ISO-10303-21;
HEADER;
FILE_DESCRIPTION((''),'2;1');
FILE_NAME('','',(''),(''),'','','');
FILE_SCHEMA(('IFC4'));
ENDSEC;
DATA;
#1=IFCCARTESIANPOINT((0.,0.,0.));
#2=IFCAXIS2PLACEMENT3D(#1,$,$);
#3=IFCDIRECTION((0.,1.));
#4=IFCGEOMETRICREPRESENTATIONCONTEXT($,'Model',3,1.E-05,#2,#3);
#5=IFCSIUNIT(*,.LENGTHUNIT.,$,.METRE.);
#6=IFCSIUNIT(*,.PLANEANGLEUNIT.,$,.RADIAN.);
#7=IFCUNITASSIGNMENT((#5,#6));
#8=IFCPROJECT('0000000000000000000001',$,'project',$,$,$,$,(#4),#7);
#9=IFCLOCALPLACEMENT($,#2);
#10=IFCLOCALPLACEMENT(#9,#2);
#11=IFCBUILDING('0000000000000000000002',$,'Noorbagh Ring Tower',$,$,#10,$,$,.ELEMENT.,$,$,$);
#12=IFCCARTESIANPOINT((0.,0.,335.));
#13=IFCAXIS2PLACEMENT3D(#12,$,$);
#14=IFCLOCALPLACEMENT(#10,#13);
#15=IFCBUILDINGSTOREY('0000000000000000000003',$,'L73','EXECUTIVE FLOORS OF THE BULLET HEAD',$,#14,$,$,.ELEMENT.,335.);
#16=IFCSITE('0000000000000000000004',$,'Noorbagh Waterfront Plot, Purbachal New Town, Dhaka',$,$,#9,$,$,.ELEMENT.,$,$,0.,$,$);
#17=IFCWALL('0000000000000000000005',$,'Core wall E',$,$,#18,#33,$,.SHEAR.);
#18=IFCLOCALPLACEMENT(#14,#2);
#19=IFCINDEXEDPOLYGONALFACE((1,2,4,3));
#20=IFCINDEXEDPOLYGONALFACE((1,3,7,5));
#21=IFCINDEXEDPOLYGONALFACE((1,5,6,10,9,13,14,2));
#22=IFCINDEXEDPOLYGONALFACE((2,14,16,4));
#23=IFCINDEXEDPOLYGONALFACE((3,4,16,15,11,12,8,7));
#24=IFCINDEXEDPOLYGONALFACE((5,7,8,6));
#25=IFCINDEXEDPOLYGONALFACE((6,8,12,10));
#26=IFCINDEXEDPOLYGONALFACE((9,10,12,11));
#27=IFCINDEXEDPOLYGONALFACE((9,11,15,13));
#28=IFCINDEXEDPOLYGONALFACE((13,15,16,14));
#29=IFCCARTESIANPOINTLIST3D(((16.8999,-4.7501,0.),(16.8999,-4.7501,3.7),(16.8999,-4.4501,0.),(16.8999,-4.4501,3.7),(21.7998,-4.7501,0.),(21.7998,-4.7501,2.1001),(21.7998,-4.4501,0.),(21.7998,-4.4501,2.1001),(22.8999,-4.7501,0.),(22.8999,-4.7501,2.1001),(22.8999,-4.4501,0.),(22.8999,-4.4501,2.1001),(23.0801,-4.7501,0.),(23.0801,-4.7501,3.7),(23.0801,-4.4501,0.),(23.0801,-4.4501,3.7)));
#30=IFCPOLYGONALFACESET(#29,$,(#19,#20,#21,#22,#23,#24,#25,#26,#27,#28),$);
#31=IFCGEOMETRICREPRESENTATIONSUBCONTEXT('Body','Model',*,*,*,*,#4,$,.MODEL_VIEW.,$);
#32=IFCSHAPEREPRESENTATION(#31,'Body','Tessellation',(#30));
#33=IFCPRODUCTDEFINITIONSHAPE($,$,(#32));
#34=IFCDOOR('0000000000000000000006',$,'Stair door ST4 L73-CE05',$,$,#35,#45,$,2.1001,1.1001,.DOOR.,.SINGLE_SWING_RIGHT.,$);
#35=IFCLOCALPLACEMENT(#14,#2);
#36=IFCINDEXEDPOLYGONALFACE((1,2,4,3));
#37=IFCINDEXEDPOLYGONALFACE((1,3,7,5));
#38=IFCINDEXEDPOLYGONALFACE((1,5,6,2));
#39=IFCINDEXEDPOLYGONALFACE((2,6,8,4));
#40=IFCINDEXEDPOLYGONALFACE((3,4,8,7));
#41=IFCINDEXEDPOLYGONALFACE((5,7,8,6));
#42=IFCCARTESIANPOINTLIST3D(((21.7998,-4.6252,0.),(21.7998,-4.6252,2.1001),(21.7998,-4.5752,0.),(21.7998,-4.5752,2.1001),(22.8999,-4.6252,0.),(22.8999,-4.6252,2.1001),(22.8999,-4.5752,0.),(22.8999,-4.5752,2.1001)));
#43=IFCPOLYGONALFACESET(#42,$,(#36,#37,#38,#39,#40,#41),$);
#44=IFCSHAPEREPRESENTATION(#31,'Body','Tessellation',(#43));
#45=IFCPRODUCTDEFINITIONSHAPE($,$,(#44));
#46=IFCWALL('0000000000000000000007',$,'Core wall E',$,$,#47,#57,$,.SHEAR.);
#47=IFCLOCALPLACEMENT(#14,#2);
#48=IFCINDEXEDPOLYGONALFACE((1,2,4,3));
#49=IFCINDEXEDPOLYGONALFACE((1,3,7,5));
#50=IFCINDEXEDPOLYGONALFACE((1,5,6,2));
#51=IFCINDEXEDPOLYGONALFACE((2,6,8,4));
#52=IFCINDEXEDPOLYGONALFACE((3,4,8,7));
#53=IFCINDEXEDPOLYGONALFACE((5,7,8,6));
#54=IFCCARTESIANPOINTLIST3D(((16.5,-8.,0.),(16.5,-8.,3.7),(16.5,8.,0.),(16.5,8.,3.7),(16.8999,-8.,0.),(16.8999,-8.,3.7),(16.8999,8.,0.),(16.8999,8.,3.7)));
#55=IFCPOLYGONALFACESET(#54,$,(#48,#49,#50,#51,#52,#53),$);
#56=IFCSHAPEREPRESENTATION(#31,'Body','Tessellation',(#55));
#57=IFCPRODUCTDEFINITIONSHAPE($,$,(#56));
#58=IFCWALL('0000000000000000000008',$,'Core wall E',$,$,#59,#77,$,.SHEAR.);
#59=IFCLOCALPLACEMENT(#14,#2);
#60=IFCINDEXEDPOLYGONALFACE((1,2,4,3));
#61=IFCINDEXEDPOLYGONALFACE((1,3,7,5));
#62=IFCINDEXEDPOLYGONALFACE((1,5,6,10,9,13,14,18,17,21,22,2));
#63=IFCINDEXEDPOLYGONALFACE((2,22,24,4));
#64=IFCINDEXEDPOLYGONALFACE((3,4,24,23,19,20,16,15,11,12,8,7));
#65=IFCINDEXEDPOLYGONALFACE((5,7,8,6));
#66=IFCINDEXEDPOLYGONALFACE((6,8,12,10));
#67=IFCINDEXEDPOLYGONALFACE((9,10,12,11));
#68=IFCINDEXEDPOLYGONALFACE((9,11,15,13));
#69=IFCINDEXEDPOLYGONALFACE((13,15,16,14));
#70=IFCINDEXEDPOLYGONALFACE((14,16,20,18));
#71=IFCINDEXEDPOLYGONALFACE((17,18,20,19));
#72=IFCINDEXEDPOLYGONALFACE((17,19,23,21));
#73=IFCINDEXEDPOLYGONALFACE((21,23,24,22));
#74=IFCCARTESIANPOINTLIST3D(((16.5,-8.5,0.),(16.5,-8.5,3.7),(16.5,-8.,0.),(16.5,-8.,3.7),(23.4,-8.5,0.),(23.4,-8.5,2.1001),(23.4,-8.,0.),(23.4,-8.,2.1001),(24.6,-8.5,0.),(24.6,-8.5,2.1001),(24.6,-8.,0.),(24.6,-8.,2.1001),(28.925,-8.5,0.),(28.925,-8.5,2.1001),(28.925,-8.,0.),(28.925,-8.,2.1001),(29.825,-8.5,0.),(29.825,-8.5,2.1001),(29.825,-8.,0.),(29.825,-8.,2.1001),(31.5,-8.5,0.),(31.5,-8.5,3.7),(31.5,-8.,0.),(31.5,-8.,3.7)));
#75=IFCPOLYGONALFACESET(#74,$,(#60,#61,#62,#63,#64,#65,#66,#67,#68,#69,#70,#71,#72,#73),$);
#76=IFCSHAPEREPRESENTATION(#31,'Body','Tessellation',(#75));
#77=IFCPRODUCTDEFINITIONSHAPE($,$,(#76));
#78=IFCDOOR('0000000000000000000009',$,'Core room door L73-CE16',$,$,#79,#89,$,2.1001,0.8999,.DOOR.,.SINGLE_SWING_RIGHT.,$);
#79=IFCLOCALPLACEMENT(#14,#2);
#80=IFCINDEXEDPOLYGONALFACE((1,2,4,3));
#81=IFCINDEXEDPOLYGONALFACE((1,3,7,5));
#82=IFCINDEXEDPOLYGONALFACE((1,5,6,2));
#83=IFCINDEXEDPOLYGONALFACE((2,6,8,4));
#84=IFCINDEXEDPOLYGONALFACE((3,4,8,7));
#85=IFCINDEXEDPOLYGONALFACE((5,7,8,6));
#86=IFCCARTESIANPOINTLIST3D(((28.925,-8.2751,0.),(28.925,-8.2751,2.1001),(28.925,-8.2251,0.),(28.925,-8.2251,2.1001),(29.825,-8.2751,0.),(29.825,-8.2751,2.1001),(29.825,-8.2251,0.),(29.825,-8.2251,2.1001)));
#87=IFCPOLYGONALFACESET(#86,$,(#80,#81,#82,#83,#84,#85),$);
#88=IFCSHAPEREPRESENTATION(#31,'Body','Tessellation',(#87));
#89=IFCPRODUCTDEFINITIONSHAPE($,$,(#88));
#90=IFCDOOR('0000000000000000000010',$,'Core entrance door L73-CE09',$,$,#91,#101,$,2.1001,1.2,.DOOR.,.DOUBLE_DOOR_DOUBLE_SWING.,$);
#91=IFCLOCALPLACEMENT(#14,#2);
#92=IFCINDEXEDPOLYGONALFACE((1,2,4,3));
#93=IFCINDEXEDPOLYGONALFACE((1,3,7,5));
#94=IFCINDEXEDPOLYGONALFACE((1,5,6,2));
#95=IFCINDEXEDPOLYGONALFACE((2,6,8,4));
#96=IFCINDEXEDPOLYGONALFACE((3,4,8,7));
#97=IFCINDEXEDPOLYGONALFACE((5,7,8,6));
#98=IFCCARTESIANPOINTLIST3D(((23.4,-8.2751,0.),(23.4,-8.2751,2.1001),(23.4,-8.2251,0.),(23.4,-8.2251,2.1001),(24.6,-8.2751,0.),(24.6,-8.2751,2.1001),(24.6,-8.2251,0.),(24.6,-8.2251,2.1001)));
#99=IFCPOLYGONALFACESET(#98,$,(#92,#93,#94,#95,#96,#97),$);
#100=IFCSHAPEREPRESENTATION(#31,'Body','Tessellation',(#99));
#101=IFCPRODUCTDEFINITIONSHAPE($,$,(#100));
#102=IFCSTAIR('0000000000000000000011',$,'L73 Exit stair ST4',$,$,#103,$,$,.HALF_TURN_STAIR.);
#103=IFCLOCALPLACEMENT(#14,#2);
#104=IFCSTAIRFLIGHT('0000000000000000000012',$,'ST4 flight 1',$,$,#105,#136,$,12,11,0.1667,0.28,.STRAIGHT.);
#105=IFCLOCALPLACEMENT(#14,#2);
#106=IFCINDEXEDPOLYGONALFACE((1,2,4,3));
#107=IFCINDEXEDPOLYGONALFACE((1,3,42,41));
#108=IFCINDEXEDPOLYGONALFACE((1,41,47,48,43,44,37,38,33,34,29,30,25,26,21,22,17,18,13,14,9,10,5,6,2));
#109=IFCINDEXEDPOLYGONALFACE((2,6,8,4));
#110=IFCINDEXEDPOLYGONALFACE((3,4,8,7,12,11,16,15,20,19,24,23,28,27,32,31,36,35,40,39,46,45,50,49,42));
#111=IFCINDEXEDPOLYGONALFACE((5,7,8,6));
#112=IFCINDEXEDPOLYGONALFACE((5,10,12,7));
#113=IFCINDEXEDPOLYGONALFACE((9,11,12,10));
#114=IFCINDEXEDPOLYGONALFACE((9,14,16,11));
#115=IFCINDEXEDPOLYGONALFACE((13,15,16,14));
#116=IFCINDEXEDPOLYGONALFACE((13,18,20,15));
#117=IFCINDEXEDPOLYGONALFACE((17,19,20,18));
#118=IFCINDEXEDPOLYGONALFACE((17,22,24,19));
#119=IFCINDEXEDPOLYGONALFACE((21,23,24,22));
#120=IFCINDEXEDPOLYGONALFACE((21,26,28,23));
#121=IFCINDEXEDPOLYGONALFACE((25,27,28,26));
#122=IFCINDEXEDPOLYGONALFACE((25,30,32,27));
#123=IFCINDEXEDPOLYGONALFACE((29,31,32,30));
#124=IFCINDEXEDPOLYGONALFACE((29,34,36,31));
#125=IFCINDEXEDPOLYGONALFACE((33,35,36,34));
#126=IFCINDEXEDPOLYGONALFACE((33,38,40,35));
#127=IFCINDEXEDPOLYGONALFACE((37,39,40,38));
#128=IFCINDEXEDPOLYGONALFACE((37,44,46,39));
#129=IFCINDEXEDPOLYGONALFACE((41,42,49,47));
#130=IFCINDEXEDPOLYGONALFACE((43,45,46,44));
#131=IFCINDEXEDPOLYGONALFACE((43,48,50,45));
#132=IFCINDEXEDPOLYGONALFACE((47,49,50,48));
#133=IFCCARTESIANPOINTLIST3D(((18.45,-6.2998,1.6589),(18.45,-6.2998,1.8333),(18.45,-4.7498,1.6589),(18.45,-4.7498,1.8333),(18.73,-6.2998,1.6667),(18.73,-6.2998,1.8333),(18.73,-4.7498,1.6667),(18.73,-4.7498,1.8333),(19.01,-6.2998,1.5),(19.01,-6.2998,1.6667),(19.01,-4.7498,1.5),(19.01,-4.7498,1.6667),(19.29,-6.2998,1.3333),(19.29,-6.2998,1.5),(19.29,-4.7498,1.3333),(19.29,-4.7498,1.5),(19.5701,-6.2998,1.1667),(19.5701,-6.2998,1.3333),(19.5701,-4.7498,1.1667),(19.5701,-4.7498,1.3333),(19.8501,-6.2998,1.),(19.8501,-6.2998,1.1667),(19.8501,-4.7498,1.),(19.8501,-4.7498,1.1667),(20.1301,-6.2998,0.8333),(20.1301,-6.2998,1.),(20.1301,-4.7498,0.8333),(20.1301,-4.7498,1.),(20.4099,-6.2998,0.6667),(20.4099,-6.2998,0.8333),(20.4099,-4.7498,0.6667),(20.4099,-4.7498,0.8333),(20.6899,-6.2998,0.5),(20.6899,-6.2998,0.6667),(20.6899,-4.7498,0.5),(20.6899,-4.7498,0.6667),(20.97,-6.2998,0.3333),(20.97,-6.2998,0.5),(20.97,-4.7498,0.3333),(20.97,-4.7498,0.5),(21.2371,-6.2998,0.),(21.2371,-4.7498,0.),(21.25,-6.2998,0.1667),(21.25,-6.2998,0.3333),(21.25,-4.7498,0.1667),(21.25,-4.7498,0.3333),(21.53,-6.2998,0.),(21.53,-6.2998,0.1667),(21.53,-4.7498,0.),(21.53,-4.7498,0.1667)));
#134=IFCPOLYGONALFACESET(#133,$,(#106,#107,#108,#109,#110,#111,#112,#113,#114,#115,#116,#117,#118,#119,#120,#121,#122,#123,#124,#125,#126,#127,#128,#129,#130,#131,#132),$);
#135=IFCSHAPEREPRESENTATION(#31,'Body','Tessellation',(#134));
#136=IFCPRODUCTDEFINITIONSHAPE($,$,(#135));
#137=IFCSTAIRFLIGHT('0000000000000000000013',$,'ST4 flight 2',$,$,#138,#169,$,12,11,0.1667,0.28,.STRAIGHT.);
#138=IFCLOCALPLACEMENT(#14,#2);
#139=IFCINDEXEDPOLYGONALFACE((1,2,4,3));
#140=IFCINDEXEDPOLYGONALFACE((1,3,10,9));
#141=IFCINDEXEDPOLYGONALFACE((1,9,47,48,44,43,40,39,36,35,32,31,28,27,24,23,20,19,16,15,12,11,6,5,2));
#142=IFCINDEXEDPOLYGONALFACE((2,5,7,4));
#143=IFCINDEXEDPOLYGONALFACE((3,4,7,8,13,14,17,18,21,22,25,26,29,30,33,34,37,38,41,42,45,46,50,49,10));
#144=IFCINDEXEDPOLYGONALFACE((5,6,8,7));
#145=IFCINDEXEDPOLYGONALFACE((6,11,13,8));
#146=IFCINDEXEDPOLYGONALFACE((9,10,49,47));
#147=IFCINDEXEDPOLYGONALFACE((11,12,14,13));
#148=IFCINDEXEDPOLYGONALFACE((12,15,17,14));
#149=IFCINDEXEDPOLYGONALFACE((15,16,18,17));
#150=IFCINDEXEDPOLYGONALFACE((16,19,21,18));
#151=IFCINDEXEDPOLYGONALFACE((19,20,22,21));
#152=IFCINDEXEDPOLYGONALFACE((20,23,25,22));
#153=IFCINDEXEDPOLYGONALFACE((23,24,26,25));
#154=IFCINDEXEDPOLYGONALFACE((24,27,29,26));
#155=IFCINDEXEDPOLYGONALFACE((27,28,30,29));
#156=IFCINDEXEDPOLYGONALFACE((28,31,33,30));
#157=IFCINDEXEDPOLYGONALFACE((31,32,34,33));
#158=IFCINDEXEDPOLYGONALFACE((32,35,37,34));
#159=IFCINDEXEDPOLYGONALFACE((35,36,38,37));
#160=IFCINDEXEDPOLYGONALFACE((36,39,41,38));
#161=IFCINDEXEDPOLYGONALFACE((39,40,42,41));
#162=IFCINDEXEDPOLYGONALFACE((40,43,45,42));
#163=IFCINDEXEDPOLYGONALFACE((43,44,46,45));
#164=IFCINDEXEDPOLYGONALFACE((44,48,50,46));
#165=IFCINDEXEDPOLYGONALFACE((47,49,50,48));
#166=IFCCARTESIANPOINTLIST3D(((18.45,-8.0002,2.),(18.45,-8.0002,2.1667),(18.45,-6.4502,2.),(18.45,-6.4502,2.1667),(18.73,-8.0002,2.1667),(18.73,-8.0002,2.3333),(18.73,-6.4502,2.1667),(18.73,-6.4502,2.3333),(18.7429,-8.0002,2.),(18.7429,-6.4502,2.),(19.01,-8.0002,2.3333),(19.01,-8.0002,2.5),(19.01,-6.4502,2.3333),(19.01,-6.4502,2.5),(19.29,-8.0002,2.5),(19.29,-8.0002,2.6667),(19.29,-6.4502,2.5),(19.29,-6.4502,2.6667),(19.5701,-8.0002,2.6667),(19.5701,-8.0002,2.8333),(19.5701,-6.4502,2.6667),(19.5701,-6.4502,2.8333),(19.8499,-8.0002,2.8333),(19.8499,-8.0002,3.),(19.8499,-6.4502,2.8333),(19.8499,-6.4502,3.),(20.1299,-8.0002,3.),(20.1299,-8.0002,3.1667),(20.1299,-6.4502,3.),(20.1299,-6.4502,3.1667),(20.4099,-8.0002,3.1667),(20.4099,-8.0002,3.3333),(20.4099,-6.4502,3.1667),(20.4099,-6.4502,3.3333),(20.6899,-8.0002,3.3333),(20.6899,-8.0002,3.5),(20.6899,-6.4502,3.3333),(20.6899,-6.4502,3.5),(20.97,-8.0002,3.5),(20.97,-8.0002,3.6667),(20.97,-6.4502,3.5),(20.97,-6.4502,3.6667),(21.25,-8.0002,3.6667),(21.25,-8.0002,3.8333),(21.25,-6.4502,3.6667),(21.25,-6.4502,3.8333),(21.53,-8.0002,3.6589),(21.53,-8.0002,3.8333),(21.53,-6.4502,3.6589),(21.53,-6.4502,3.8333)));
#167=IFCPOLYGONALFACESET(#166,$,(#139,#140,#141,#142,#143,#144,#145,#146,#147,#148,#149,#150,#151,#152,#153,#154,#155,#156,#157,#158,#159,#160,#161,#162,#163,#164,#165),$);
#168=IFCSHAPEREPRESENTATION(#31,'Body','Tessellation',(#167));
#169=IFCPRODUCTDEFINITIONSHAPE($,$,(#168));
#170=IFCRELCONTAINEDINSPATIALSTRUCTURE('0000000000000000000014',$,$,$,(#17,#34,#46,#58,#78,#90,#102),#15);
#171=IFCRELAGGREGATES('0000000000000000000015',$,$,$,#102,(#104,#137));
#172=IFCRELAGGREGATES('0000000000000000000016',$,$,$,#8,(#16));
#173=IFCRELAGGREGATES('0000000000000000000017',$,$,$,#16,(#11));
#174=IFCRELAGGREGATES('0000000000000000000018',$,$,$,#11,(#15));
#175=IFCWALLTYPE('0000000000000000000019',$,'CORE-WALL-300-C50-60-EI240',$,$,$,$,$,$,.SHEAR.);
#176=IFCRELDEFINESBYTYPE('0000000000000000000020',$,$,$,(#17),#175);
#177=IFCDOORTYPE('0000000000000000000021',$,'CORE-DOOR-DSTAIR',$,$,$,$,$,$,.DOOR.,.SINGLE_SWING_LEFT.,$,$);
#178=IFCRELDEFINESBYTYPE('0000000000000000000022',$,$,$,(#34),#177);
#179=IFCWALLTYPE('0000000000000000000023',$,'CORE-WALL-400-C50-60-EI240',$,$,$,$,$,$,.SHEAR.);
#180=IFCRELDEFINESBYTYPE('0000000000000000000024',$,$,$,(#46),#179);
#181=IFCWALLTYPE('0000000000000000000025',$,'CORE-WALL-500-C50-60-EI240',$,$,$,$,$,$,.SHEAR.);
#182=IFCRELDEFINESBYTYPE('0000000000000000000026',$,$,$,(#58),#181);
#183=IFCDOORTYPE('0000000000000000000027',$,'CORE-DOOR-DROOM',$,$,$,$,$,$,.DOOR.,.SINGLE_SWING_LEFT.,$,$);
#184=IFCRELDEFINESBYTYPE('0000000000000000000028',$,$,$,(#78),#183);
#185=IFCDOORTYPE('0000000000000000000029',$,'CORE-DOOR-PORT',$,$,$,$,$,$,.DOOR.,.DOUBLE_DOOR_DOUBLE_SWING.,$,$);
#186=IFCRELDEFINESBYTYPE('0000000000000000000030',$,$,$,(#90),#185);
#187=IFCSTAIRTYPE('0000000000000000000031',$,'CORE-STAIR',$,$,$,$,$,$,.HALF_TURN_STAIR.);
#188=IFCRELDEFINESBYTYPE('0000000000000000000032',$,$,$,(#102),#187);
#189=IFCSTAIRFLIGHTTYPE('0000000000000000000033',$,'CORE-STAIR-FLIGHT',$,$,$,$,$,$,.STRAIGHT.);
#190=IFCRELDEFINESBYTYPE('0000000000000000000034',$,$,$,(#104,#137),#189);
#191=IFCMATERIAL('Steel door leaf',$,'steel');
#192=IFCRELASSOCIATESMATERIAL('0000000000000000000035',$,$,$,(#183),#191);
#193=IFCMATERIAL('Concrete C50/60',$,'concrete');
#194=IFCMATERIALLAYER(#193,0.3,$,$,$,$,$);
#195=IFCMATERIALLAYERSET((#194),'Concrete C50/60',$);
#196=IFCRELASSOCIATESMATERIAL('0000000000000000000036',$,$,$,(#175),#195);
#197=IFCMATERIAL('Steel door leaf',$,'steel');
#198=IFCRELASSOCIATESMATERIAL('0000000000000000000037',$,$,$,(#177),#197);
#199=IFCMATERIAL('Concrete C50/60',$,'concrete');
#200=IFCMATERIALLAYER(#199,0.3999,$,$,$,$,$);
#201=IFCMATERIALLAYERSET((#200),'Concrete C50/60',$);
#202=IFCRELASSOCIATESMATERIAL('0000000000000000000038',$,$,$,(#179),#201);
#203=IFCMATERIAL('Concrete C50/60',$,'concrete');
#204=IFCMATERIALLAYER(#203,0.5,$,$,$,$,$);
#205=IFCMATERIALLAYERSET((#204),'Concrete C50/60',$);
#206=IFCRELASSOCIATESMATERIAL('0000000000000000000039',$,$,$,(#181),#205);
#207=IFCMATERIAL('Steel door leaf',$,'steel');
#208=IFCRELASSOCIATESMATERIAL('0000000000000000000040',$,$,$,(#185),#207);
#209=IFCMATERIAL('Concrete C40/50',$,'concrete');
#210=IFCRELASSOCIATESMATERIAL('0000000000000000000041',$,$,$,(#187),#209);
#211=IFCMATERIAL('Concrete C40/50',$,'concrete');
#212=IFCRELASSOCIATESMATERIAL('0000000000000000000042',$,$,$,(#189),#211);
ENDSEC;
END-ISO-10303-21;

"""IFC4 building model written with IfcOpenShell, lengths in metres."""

from ifc_helpers import new_model, si_unit, direction, frame, frame_2d, origin, place, context, subcontext, project, spatial, polyline, rectangle, outline, extrude, material, layer, layer_set, type_object, element, fill, aggregate, save


model = new_model("IFC4")

# Units and contexts
model_context = context("Model", 3, precision=1e-05, world=origin(), true_north=direction((0.0, 1.0)))
body_context = subcontext(model_context, "Body", "Model", "MODEL_VIEW")
ifc_project = project(units=[si_unit("LENGTHUNIT", "METRE"), si_unit("PLANEANGLEUNIT", "RADIAN")], contexts=[model_context])

# Site, building, storey
site_placement = place(None, origin())
site = spatial("IfcSite", under=ifc_project, at=site_placement, Name="Noorbagh Waterfront Plot, Purbachal New Town, Dhaka", CompositionType="ELEMENT", RefElevation=0.0)
building_placement = place(site_placement, origin())
building = spatial("IfcBuilding", under=site, at=building_placement, Name="Noorbagh Ring Tower", CompositionType="ELEMENT")
storey_placement = place(building_placement, frame((0.0, 0.0, 335.0)))
storey = spatial("IfcBuildingStorey", under=building, at=storey_placement, Name="L73", Description="EXECUTIVE FLOORS OF THE BULLET HEAD", CompositionType="ELEMENT", Elevation=335.0)

# Shared definitions
ifc_material_1 = material(Name="Steel door leaf", Category="steel")
door_type_1 = type_object("IfcDoorType", Name="CORE-DOOR-DROOM", OperationType="SINGLE_SWING_LEFT", PredefinedType="DOOR", material=ifc_material_1)

# Wall, opening, door
ifc_material_2 = material(Name="Concrete C50/60", Category="concrete")
ifc_layer_1 = layer(ifc_material_2, 0.3)
ifc_layer_set_1 = layer_set([ifc_layer_1], Name="Concrete C50/60")
wall_type_1 = type_object("IfcWallType", Name="CORE-WALL-300-C50-60-EI240", PredefinedType="SHEAR", material=ifc_layer_set_1)
wall_1_placement = place(storey_placement, frame((16.8999, -4.6001, 0.0), z_axis=(0.0, 0.0, 1.0), x_axis=(1.0, 0.0, 0.0)))
wall_1 = element("IfcWall", 1, at=wall_1_placement, inside=storey, type_object=wall_type_1, Name="Core wall E", PredefinedType="SHEAR", context=body_context, shape_type="SweptSolid", body=[
    extrude(rectangle(XDim=6.1802, YDim=0.3, at=frame_2d((3.0901, 0.0))), origin(), (0.0, 0.0, 1.0), 3.7),
])
opening_1_placement = place(wall_1_placement, frame((4.8999, 0.0, 0.0)))
opening_1 = element("IfcOpeningElement", 2, at=opening_1_placement, cuts=wall_1, PredefinedType="OPENING", context=body_context, shape_type="SweptSolid", body=[
    extrude(rectangle(XDim=1.1001, YDim=2.1001, at=frame_2d((0.55, 1.05))), frame((0.0, 0.1602, 0.0), z_axis=(0.0, -1.0, 0.0), x_axis=(1.0, 0.0, 0.0)), (0.0, 0.0, 1.0), 0.3201),
])
ifc_material_3 = material(Name="Steel door leaf", Category="steel")
door_type_2 = type_object("IfcDoorType", Name="CORE-DOOR-DSTAIR", OperationType="SINGLE_SWING_LEFT", PredefinedType="DOOR", material=ifc_material_3)
door_1_placement = place(opening_1_placement, origin())
door_1 = element("IfcDoor", 3, at=door_1_placement, inside=storey, type_object=door_type_2, Name="Stair door ST4 L73-CE05", OperationType="SINGLE_SWING_RIGHT", OverallHeight=2.1001, OverallWidth=1.1001, PredefinedType="DOOR", context=body_context, shape_type="SweptSolid", body=[
    extrude(rectangle(XDim=1.1001, YDim=2.1001, at=frame_2d((0.55, 1.05))), frame((0.0, 0.0249, 0.0), z_axis=(0.0, -1.0, 0.0), x_axis=(1.0, 0.0, 0.0)), (0.0, 0.0, 1.0), 0.05),
])
fill(opening_1, door_1)

# Wall
ifc_material_4 = material(Name="Concrete C50/60", Category="concrete")
ifc_layer_2 = layer(ifc_material_4, 0.3999)
ifc_layer_set_2 = layer_set([ifc_layer_2], Name="Concrete C50/60")
wall_type_2 = type_object("IfcWallType", Name="CORE-WALL-400-C50-60-EI240", PredefinedType="SHEAR", material=ifc_layer_set_2)
wall_2_placement = place(storey_placement, frame((16.7, -8.0, 0.0), z_axis=(0.0, 0.0, 1.0), x_axis=(0.0, 1.0, 0.0)))
element("IfcWall", 4, at=wall_2_placement, inside=storey, type_object=wall_type_2, Name="Core wall E", PredefinedType="SHEAR", context=body_context, shape_type="SweptSolid", body=[
    extrude(rectangle(XDim=16.0, YDim=0.3999, at=frame_2d((8.0, 0.0))), origin(), (0.0, 0.0, 1.0), 3.7),
])

# Wall, openings, doors
ifc_material_5 = material(Name="Concrete C50/60", Category="concrete")
ifc_layer_3 = layer(ifc_material_5, 0.5)
ifc_layer_set_3 = layer_set([ifc_layer_3], Name="Concrete C50/60")
wall_type_3 = type_object("IfcWallType", Name="CORE-WALL-500-C50-60-EI240", PredefinedType="SHEAR", material=ifc_layer_set_3)
wall_3_placement = place(storey_placement, frame((16.5, -8.25, 0.0), z_axis=(0.0, 0.0, 1.0), x_axis=(1.0, 0.0, 0.0)))
wall_3 = element("IfcWall", 5, at=wall_3_placement, inside=storey, type_object=wall_type_3, Name="Core wall E", PredefinedType="SHEAR", context=body_context, shape_type="SweptSolid", body=[
    extrude(rectangle(XDim=15.0, YDim=0.5, at=frame_2d((7.5, 0.0))), origin(), (0.0, 0.0, 1.0), 3.7),
])
opening_2_placement = place(wall_3_placement, frame((6.8999, 0.0, 0.0)))
opening_2 = element("IfcOpeningElement", 6, at=opening_2_placement, cuts=wall_3, PredefinedType="OPENING", context=body_context, shape_type="SweptSolid", body=[
    extrude(rectangle(XDim=1.2, YDim=2.1001, at=frame_2d((0.6001, 1.05))), frame((0.0, 0.26, 0.0), z_axis=(0.0, -1.0, 0.0), x_axis=(1.0, 0.0, 0.0)), (0.0, 0.0, 1.0), 0.52),
])
opening_3_placement = place(wall_3_placement, frame((12.425, 0.0, 0.0)))
opening_3 = element("IfcOpeningElement", 7, at=opening_3_placement, cuts=wall_3, PredefinedType="OPENING", context=body_context, shape_type="SweptSolid", body=[
    extrude(rectangle(XDim=0.8999, YDim=2.1001, at=frame_2d((0.45, 1.05))), frame((0.0, 0.26, 0.0), z_axis=(0.0, -1.0, 0.0), x_axis=(1.0, 0.0, 0.0)), (0.0, 0.0, 1.0), 0.52),
])
door_2_placement = place(opening_3_placement, origin())
door_2 = element("IfcDoor", 8, at=door_2_placement, inside=storey, type_object=door_type_1, Name="Core room door L73-CE16", OperationType="SINGLE_SWING_RIGHT", OverallHeight=2.1001, OverallWidth=0.8999, PredefinedType="DOOR", context=body_context, shape_type="SweptSolid", body=[
    extrude(rectangle(XDim=0.8999, YDim=2.1001, at=frame_2d((0.45, 1.05))), frame((0.0, 0.0249, 0.0), z_axis=(0.0, -1.0, 0.0), x_axis=(1.0, 0.0, 0.0)), (0.0, 0.0, 1.0), 0.05),
])
fill(opening_3, door_2)
ifc_material_6 = material(Name="Steel door leaf", Category="steel")
door_type_3 = type_object("IfcDoorType", Name="CORE-DOOR-PORT", OperationType="DOUBLE_DOOR_DOUBLE_SWING", PredefinedType="DOOR", material=ifc_material_6)
door_3_placement = place(opening_2_placement, origin())
door_3 = element("IfcDoor", 9, at=door_3_placement, inside=storey, type_object=door_type_3, Name="Core entrance door L73-CE09", OperationType="DOUBLE_DOOR_DOUBLE_SWING", OverallHeight=2.1001, OverallWidth=1.2, PredefinedType="DOOR", context=body_context, shape_type="SweptSolid", body=[
    extrude(rectangle(XDim=1.2, YDim=2.1001, at=frame_2d((0.6001, 1.05))), frame((0.0, 0.0249, 0.0), z_axis=(0.0, -1.0, 0.0), x_axis=(1.0, 0.0, 0.0)), (0.0, 0.0, 1.0), 0.05),
])
fill(opening_2, door_3)

# Stair, stair flights
ifc_material_7 = material(Name="Concrete C40/50", Category="concrete")
stair_type = type_object("IfcStairType", Name="CORE-STAIR", PredefinedType="HALF_TURN_STAIR", material=ifc_material_7)
stair_placement = place(storey_placement, origin())
stair = element("IfcStair", 10, at=stair_placement, inside=storey, type_object=stair_type, Name="L73 Exit stair ST4", PredefinedType="HALF_TURN_STAIR")
ifc_material_8 = material(Name="Concrete C40/50", Category="concrete")
stair_flight_type = type_object("IfcStairFlightType", Name="CORE-STAIR-FLIGHT", PredefinedType="STRAIGHT", material=ifc_material_8)
stair_flight_1_placement = place(storey_placement, frame((21.53, -5.5249, 0.0), z_axis=(0.0, 0.0, 1.0), x_axis=(-1.0, 0.0, 0.0)))
stair_flight_1 = element("IfcStairFlight", 11, at=stair_flight_1_placement, type_object=stair_flight_type, Name="ST4 flight 1", NumberOfRisers=12, NumberOfTreads=11, PredefinedType="STRAIGHT", RiserHeight=0.1667, TreadLength=0.28, context=body_context, shape_type="SweptSolid", body=[
    extrude(outline(polyline([(0.0, 0.0), (0.0, 0.1667), (0.28, 0.1667), (0.28, 0.3333), (0.5601, 0.3333), (0.5601, 0.5), (0.8401, 0.5), (0.8401, 0.6667), (1.1201, 0.6667), (1.1201, 0.8333), (1.3999, 0.8333), (1.3999, 1.0), (1.6799, 1.0), (1.6799, 1.1667), (1.96, 1.1667), (1.96, 1.3333), (2.24, 1.3333), (2.24, 1.5), (2.52, 1.5), (2.52, 1.6667), (2.8, 1.6667), (2.8, 1.8333), (3.0801, 1.8333), (3.0801, 2.0), (3.0801, 1.6589), (0.293, 0.0), (0.0, 0.0)])), frame((0.0, 0.7749, 0.0), z_axis=(0.0, -1.0, 0.0), x_axis=(1.0, 0.0, 0.0)), (0.0, 0.0, 1.0), 1.55),
])
stair_flight_2_placement = place(storey_placement, frame((18.45, -7.2251, 2.0), z_axis=(0.0, 0.0, 1.0), x_axis=(1.0, 0.0, 0.0)))
stair_flight_2 = element("IfcStairFlight", 12, at=stair_flight_2_placement, type_object=stair_flight_type, Name="ST4 flight 2", NumberOfRisers=12, NumberOfTreads=11, PredefinedType="STRAIGHT", RiserHeight=0.1667, TreadLength=0.28, context=body_context, shape_type="SweptSolid", body=[
    extrude(outline(polyline([(0.0, 0.0), (0.0, 0.1667), (0.28, 0.1667), (0.28, 0.3333), (0.5601, 0.3333), (0.5601, 0.5), (0.8401, 0.5), (0.8401, 0.6667), (1.1201, 0.6667), (1.1201, 0.8333), (1.3999, 0.8333), (1.3999, 1.0), (1.6799, 1.0), (1.6799, 1.1667), (1.96, 1.1667), (1.96, 1.3333), (2.24, 1.3333), (2.24, 1.5), (2.52, 1.5), (2.52, 1.6667), (2.8, 1.6667), (2.8, 1.8333), (3.0801, 1.8333), (3.0801, 2.0), (3.0801, 1.6589), (0.293, 0.0), (0.0, 0.0)])), frame((0.0, 0.7749, 0.0), z_axis=(0.0, -1.0, 0.0), x_axis=(1.0, 0.0, 0.0)), (0.0, 0.0, 1.0), 1.55),
])
aggregate(stair, [stair_flight_1, stair_flight_2])

save(model, "model.ifc")
